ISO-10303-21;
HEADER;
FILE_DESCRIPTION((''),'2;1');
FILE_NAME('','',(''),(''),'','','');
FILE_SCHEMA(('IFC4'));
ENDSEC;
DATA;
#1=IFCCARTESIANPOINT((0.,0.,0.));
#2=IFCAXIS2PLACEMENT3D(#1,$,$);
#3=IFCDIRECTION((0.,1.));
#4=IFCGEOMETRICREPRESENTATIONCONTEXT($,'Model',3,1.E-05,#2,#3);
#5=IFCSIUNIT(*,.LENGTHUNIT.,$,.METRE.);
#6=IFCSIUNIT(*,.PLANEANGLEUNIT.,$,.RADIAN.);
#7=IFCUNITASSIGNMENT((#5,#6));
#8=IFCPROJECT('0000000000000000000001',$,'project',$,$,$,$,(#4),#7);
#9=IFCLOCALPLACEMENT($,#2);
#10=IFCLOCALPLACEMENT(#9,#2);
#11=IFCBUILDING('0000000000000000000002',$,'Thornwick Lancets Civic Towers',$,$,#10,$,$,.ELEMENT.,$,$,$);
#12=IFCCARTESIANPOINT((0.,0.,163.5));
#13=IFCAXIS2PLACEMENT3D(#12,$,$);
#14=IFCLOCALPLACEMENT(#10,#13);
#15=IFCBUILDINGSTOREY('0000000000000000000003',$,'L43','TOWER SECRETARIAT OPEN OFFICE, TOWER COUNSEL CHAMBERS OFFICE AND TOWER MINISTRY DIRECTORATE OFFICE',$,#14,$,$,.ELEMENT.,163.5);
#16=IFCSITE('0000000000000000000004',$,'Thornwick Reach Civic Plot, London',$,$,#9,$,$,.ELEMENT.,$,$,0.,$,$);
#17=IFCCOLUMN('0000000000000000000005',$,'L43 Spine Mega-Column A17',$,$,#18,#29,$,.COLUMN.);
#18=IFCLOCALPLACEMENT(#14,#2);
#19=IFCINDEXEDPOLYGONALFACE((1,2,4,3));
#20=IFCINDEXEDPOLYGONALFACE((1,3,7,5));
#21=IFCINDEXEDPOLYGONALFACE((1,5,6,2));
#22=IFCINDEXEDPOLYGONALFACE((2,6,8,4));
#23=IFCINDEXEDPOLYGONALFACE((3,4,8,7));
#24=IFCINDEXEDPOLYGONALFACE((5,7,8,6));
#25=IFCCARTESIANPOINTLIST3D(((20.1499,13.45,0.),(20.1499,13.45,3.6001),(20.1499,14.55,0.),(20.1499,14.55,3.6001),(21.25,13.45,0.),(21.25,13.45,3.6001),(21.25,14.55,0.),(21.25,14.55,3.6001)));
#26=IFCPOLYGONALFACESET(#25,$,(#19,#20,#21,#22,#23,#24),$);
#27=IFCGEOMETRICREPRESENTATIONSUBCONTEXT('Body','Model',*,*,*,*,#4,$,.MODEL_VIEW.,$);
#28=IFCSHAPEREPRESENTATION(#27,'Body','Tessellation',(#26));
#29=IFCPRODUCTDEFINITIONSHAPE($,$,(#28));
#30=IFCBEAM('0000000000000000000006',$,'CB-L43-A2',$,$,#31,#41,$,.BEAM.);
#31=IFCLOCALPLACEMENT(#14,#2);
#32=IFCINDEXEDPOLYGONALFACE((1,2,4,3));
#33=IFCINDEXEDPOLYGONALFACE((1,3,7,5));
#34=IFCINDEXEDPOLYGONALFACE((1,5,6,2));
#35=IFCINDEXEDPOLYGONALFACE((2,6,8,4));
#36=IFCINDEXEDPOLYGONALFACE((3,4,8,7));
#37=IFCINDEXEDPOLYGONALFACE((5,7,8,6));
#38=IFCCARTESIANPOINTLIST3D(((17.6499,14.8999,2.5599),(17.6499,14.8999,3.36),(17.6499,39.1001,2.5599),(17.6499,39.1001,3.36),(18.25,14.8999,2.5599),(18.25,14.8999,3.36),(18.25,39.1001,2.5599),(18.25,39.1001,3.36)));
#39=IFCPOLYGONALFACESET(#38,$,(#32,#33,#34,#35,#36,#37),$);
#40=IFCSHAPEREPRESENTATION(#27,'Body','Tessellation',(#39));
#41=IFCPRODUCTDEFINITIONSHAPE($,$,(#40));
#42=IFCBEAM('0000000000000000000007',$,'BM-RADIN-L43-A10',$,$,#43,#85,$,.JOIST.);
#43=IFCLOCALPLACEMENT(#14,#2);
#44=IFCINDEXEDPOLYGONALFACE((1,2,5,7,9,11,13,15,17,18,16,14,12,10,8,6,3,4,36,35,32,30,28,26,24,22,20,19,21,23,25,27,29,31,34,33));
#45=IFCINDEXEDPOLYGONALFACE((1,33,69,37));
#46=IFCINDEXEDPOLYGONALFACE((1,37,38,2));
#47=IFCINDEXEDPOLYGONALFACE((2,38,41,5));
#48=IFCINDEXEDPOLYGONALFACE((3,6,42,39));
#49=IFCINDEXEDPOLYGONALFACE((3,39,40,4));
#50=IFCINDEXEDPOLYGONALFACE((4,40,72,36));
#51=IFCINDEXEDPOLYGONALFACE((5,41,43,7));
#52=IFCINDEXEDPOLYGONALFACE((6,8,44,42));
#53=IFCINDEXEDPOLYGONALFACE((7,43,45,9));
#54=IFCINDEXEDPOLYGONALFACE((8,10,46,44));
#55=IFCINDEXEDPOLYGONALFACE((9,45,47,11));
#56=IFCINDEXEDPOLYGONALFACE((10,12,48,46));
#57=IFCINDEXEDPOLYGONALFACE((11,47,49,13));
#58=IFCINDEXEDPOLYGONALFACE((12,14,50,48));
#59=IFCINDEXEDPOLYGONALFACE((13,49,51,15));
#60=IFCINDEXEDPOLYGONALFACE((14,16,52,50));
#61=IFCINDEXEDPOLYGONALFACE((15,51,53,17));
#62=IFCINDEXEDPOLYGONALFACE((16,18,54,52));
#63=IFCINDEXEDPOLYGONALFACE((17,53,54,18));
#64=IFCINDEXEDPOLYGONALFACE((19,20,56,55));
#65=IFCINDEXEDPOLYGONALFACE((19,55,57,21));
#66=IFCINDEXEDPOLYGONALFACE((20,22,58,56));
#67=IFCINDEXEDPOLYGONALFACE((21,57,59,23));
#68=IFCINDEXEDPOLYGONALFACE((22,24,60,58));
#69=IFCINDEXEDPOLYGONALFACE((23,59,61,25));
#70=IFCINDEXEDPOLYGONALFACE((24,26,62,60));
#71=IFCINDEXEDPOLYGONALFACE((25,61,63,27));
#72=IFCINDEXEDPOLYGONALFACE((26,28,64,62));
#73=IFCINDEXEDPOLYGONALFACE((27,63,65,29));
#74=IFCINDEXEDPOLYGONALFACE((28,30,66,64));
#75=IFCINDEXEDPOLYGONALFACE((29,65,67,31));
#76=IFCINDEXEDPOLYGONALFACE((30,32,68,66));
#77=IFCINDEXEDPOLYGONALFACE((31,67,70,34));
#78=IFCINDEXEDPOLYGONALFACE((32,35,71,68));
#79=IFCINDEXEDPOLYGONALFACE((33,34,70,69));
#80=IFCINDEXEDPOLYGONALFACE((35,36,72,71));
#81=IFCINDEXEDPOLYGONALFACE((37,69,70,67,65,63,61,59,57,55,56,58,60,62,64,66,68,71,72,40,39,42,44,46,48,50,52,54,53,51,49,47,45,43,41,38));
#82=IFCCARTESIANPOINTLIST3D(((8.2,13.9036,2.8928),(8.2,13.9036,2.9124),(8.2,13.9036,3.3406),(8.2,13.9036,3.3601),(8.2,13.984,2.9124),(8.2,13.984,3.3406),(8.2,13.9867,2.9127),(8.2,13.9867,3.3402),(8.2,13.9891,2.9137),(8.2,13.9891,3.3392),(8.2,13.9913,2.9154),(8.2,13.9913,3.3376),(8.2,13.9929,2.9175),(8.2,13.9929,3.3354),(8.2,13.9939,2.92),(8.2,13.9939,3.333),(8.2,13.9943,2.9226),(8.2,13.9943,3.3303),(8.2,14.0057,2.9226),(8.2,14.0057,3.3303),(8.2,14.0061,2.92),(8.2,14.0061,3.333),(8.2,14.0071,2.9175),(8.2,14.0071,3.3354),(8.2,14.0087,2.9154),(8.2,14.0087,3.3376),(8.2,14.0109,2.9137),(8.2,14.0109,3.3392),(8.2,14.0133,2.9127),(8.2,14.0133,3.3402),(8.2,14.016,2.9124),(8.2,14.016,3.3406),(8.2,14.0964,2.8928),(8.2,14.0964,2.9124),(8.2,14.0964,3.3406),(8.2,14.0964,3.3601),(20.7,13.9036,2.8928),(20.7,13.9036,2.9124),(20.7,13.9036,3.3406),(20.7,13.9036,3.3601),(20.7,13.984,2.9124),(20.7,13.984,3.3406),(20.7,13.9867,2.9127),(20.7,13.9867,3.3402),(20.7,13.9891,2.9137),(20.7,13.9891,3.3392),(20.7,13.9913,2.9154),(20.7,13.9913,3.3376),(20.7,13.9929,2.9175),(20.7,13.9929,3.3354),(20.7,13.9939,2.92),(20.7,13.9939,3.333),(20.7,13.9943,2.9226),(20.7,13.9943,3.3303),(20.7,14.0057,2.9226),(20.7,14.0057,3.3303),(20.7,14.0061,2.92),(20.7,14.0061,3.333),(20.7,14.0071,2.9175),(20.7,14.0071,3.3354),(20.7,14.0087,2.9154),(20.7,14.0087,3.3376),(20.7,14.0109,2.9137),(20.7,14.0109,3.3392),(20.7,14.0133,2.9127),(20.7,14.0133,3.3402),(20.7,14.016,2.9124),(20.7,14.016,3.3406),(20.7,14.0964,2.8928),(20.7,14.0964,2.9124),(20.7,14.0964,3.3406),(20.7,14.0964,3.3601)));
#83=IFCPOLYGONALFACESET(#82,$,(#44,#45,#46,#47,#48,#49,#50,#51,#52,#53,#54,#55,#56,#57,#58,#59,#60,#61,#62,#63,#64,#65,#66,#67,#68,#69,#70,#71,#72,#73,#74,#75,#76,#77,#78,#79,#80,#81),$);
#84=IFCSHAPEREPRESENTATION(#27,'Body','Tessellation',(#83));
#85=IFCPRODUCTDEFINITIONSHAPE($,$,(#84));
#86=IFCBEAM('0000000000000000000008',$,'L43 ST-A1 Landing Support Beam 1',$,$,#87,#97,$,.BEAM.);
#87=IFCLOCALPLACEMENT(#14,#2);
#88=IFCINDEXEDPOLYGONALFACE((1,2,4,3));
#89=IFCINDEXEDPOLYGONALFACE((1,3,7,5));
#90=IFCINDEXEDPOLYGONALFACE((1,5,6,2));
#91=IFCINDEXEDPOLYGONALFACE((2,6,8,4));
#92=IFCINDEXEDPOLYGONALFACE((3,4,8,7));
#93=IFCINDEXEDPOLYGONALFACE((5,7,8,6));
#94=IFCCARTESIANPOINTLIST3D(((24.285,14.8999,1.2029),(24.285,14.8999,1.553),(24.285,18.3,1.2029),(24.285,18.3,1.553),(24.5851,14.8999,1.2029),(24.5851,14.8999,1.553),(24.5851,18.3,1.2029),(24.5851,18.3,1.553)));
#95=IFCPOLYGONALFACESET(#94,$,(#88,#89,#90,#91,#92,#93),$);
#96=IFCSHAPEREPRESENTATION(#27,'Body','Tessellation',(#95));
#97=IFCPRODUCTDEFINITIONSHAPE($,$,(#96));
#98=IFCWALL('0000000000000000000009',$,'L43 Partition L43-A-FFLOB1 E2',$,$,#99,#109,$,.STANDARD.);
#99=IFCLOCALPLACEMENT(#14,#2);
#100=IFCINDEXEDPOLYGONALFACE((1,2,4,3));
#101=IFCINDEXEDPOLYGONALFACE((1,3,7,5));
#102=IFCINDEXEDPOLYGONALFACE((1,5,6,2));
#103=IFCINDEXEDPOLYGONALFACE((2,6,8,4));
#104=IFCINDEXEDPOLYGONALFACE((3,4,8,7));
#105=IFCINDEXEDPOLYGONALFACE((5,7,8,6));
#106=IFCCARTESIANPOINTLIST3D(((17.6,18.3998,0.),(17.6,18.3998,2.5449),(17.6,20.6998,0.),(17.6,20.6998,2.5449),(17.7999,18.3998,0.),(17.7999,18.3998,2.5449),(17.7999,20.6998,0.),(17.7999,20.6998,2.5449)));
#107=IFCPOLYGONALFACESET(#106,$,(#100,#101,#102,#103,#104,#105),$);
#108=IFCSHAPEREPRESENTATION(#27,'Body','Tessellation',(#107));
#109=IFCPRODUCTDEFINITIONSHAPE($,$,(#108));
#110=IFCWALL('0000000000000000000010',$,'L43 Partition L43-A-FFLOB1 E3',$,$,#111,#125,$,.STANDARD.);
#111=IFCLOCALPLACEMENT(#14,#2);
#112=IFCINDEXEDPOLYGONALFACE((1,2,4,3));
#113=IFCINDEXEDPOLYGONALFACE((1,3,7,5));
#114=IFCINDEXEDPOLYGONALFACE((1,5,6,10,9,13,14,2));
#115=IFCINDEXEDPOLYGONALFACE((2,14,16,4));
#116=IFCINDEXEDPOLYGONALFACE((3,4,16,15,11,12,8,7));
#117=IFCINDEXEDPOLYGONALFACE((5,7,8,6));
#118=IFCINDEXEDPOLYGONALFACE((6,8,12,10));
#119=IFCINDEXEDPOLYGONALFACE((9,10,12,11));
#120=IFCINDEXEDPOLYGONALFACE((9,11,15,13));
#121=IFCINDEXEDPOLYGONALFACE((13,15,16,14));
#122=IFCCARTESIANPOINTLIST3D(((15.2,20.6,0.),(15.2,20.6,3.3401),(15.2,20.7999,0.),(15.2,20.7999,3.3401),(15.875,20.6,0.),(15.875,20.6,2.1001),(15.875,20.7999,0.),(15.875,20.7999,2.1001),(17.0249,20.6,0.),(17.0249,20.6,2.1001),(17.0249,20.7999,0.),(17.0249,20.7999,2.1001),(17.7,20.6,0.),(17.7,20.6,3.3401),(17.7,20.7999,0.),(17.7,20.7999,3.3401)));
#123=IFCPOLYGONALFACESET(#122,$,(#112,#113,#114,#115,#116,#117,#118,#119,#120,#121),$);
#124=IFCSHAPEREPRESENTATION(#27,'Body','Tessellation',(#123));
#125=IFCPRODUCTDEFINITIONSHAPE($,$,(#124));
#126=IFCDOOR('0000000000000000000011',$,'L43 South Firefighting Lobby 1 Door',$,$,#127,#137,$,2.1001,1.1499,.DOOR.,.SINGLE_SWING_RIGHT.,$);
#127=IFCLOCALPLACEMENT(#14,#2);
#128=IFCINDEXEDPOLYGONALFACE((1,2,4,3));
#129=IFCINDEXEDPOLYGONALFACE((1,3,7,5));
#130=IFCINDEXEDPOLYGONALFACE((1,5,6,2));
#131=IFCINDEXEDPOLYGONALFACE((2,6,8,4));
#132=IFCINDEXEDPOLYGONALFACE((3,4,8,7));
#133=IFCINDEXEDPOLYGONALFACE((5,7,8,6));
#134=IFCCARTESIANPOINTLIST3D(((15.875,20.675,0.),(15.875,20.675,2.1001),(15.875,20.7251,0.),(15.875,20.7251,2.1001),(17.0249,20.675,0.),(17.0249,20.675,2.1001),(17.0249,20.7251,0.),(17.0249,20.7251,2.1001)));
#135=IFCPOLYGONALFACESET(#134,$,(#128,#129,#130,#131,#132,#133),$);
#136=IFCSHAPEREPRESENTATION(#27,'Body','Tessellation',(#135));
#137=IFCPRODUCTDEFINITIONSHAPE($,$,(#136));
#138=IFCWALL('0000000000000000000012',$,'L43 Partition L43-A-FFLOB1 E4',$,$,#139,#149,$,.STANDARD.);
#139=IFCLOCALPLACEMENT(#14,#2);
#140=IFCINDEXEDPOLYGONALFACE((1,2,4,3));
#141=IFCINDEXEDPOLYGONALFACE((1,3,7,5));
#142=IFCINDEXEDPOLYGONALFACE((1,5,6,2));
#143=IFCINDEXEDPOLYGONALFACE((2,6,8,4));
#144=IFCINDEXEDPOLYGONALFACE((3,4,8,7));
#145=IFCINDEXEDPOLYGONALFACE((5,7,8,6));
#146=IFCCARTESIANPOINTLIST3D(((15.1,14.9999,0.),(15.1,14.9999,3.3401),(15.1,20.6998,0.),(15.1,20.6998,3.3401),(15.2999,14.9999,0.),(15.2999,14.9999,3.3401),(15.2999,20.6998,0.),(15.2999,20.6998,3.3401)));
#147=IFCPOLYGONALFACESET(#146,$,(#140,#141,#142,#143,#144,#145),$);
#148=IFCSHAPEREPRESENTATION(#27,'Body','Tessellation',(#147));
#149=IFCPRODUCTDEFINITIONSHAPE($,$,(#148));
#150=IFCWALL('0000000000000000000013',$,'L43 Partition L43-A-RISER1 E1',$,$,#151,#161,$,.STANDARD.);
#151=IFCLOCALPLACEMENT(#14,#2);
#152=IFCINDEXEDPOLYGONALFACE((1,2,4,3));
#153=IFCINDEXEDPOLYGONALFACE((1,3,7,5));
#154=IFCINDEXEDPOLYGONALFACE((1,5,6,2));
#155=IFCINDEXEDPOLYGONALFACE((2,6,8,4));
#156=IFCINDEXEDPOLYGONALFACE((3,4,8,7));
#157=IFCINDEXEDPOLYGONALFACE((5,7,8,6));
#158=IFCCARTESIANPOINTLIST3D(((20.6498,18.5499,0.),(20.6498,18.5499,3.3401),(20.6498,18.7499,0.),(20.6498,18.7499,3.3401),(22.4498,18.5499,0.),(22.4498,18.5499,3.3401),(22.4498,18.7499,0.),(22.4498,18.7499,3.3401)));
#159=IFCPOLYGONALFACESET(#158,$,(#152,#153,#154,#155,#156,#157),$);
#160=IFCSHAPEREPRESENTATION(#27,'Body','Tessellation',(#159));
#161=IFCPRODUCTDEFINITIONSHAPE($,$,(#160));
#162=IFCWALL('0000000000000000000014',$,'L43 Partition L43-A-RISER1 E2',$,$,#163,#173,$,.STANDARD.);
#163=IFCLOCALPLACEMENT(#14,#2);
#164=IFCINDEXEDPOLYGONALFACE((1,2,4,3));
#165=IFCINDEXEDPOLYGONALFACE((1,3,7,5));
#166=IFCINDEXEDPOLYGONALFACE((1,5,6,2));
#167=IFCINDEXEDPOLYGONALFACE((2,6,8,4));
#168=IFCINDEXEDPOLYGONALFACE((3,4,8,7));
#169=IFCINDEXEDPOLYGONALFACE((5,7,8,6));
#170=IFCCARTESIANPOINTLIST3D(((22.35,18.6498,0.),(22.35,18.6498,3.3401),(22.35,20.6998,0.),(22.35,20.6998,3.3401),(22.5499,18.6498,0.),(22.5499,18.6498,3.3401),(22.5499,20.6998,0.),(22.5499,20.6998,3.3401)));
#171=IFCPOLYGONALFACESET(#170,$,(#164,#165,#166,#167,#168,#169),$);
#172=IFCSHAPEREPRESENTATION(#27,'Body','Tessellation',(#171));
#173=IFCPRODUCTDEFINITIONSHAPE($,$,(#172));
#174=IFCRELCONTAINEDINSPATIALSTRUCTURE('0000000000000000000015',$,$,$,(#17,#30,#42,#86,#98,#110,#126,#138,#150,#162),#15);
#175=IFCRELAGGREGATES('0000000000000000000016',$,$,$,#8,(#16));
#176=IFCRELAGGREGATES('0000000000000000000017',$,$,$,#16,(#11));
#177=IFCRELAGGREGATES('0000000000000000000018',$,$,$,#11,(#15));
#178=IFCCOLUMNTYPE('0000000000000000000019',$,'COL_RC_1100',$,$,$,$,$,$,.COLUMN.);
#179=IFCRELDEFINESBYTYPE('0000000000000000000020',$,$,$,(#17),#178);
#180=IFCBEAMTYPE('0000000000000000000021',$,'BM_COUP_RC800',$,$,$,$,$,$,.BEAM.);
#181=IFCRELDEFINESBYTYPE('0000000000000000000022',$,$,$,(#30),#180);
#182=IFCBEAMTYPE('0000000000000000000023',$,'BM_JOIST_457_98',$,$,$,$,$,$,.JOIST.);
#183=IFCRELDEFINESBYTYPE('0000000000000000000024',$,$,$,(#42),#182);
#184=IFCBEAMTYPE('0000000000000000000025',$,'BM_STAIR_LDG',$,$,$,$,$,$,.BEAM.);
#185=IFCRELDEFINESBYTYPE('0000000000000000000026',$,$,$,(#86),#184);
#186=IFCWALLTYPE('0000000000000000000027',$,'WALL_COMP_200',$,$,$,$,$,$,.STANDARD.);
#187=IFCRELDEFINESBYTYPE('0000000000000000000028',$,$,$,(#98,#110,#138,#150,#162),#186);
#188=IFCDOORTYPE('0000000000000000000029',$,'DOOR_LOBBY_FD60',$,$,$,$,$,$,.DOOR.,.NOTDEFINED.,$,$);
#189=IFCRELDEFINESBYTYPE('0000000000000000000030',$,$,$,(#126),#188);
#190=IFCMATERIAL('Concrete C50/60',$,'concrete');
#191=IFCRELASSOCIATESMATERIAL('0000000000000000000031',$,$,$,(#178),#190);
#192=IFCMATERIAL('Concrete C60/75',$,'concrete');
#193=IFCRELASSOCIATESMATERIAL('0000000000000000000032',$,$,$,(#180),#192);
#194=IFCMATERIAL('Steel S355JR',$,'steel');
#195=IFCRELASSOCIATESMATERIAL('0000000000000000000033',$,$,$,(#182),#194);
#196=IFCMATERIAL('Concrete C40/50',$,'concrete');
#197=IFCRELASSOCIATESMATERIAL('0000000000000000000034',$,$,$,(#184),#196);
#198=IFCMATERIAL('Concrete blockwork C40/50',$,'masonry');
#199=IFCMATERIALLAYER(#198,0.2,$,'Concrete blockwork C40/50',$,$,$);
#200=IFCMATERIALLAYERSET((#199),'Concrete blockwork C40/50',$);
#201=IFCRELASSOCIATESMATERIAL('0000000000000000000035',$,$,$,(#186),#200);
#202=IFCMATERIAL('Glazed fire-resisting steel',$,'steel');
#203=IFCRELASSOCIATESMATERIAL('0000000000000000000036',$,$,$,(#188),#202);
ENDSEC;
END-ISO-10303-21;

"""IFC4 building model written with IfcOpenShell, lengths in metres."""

from ifc_helpers import new_model, si_unit, direction, frame, frame_2d, origin, origin_2d, place, context, subcontext, project, spatial, rectangle, i_section, extrude, material, layer, layer_set, material_profile, profile_set, type_object, element, fill, save


model = new_model("IFC4")

# Units and contexts
model_context = context("Model", 3, precision=1e-05, world=origin(), true_north=direction((0.0, 1.0)))
body_context = subcontext(model_context, "Body", "Model", "MODEL_VIEW")
ifc_project = project(units=[si_unit("LENGTHUNIT", "METRE"), si_unit("PLANEANGLEUNIT", "RADIAN")], contexts=[model_context])

# Site, building, storey
site_placement = place(None, origin())
site = spatial("IfcSite", under=ifc_project, at=site_placement, Name="Thornwick Reach Civic Plot, London", CompositionType="ELEMENT", RefElevation=0.0)
building_placement = place(site_placement, origin())
building = spatial("IfcBuilding", under=site, at=building_placement, Name="Thornwick Lancets Civic Towers", CompositionType="ELEMENT")
storey_placement = place(building_placement, frame((0.0, 0.0, 163.5)))
storey = spatial("IfcBuildingStorey", under=building, at=storey_placement, Name="L43", Description="TOWER SECRETARIAT OPEN OFFICE, TOWER COUNSEL CHAMBERS OFFICE AND TOWER MINISTRY DIRECTORATE OFFICE", CompositionType="ELEMENT", Elevation=163.5)

# Column
ifc_material_1 = material(Name="Concrete C50/60", Category="concrete")
ifc_material_profile_1 = material_profile(ifc_material_1, rectangle(XDim=1.1001, YDim=1.1001, at=origin_2d()), Name="RC 1100x1100")
ifc_profile_set_1 = profile_set([ifc_material_profile_1], Name="Concrete C50/60")
column_type = type_object("IfcColumnType", Name="COL_RC_1100", PredefinedType="COLUMN", material=ifc_profile_set_1)
column_placement = place(storey_placement, frame((20.7, 14.0, 0.0), z_axis=(0.0, 0.0, 1.0), x_axis=(1.0, 0.0, 0.0)))
element("IfcColumn", 1, at=column_placement, inside=storey, type_object=column_type, Name="L43 Spine Mega-Column A17", PredefinedType="COLUMN", context=body_context, shape_type="SweptSolid", body=[
    extrude(rectangle(XDim=1.1001, YDim=1.1001, at=origin_2d()), origin(), (0.0, 0.0, 1.0), 3.6001),
])

# Beams
ifc_material_2 = material(Name="Concrete C60/75", Category="concrete")
ifc_material_profile_2 = material_profile(ifc_material_2, rectangle(XDim=0.6001, YDim=0.8, at=origin_2d()), Name="RC 600x800")
ifc_profile_set_2 = profile_set([ifc_material_profile_2], Name="Concrete C60/75")
beam_type_1 = type_object("IfcBeamType", Name="BM_COUP_RC800", PredefinedType="BEAM", material=ifc_profile_set_2)
beam_1_placement = place(storey_placement, frame((17.95, 14.8999, 2.96), z_axis=(0.0, 1.0, 0.0), x_axis=(-1.0, 0.0, 0.0)))
element("IfcBeam", 2, at=beam_1_placement, inside=storey, type_object=beam_type_1, Name="CB-L43-A2", PredefinedType="BEAM", context=body_context, shape_type="SweptSolid", body=[
    extrude(rectangle(XDim=0.6001, YDim=0.8, at=origin_2d()), origin(), (0.0, 0.0, 1.0), 24.2002),
])
ifc_material_3 = material(Name="Steel S355JR", Category="steel")
ifc_material_profile_3 = material_profile(ifc_material_3, i_section(OverallWidth=0.1929, OverallDepth=0.4673, WebThickness=0.0115, FlangeThickness=0.0195, FilletRadius=0.0103, at=origin_2d()), Name="UKB 457x191x98")
ifc_profile_set_3 = profile_set([ifc_material_profile_3], Name="Steel S355JR")
beam_type_2 = type_object("IfcBeamType", Name="BM_JOIST_457_98", PredefinedType="JOIST", material=ifc_profile_set_3)
beam_2_placement = place(storey_placement, frame((20.7, 14.0, 3.1265), z_axis=(-1.0, 0.0, 0.0), x_axis=(0.0, -1.0, 0.0)))
element("IfcBeam", 3, at=beam_2_placement, inside=storey, type_object=beam_type_2, Name="BM-RADIN-L43-A10", PredefinedType="JOIST", context=body_context, shape_type="SweptSolid", body=[
    extrude(i_section(OverallWidth=0.1929, OverallDepth=0.4673, WebThickness=0.0115, FlangeThickness=0.0195, FilletRadius=0.0103, at=origin_2d()), origin(), (0.0, 0.0, 1.0), 12.5),
])
ifc_material_4 = material(Name="Concrete C40/50", Category="concrete")
ifc_material_profile_4 = material_profile(ifc_material_4, rectangle(XDim=0.3, YDim=0.3501, at=origin_2d()), Name="RC 300x350")
ifc_profile_set_4 = profile_set([ifc_material_profile_4], Name="Concrete C40/50")
beam_type_3 = type_object("IfcBeamType", Name="BM_STAIR_LDG", PredefinedType="BEAM", material=ifc_profile_set_4)
beam_3_placement = place(storey_placement, frame((24.4351, 14.8999, 1.3779), z_axis=(0.0, 1.0, 0.0), x_axis=(-1.0, 0.0, 0.0)))
element("IfcBeam", 4, at=beam_3_placement, inside=storey, type_object=beam_type_3, Name="L43 ST-A1 Landing Support Beam 1", PredefinedType="BEAM", context=body_context, shape_type="SweptSolid", body=[
    extrude(rectangle(XDim=0.3, YDim=0.3501, at=origin_2d()), origin(), (0.0, 0.0, 1.0), 3.4001),
])

# Wall
ifc_material_5 = material(Name="Concrete blockwork C40/50", Category="masonry")
ifc_layer_1 = layer(ifc_material_5, 0.2, Name="Concrete blockwork C40/50")
ifc_layer_set_1 = layer_set([ifc_layer_1], Name="Concrete blockwork C40/50")
wall_type_1 = type_object("IfcWallType", Name="WALL_COMP_200", PredefinedType="STANDARD", material=ifc_layer_set_1)
wall_1_placement = place(storey_placement, frame((17.7, 18.3999, 0.0), z_axis=(0.0, 0.0, 1.0), x_axis=(0.0, 1.0, 0.0)))
element("IfcWall", 5, at=wall_1_placement, inside=storey, type_object=wall_type_1, Name="L43 Partition L43-A-FFLOB1 E2", PredefinedType="STANDARD", context=body_context, shape_type="SweptSolid", body=[
    extrude(rectangle(XDim=2.3, YDim=0.2, at=frame_2d((1.1499, 0.0))), origin(), (0.0, 0.0, 1.0), 2.5449),
])

# Wall, opening, door
wall_2_placement = place(storey_placement, frame((17.7, 20.7, 0.0), z_axis=(0.0, 0.0, 1.0), x_axis=(-1.0, 0.0, 0.0)))
wall_2 = element("IfcWall", 6, at=wall_2_placement, inside=storey, type_object=wall_type_1, Name="L43 Partition L43-A-FFLOB1 E3", PredefinedType="STANDARD", context=body_context, shape_type="SweptSolid", body=[
    extrude(rectangle(XDim=2.5, YDim=0.2, at=frame_2d((1.25, 0.0))), origin(), (0.0, 0.0, 1.0), 3.3401),
])
opening_1_placement = place(wall_2_placement, frame((0.675, 0.0, 0.0)))
opening_1 = element("IfcOpeningElement", 7, at=opening_1_placement, cuts=wall_2, PredefinedType="OPENING", context=body_context, shape_type="SweptSolid", body=[
    extrude(rectangle(XDim=1.1499, YDim=2.1001, at=frame_2d((0.575, 1.05))), frame((0.0, 0.1099, 0.0), z_axis=(0.0, -1.0, 0.0), x_axis=(1.0, 0.0, 0.0)), (0.0, 0.0, 1.0), 0.22),
])
ifc_material_6 = material(Name="Glazed fire-resisting steel", Category="steel")
door_type_1 = type_object("IfcDoorType", Name="DOOR_LOBBY_FD60", OperationType="NOTDEFINED", PredefinedType="DOOR", material=ifc_material_6)
door_1_placement = place(opening_1_placement, origin())
door_1 = element("IfcDoor", 8, at=door_1_placement, inside=storey, type_object=door_type_1, Name="L43 South Firefighting Lobby 1 Door", OperationType="SINGLE_SWING_RIGHT", OverallHeight=2.1001, OverallWidth=1.1499, PredefinedType="DOOR", context=body_context, shape_type="SweptSolid", body=[
    extrude(rectangle(XDim=1.1499, YDim=2.1001, at=frame_2d((0.575, 1.05))), frame((0.0, 0.0249, 0.0), z_axis=(0.0, -1.0, 0.0), x_axis=(1.0, 0.0, 0.0)), (0.0, 0.0, 1.0), 0.05),
])
fill(opening_1, door_1)

# Walls
wall_3_placement = place(storey_placement, frame((15.2, 20.7, 0.0), z_axis=(0.0, 0.0, 1.0), x_axis=(0.0, -1.0, 0.0)))
element("IfcWall", 9, at=wall_3_placement, inside=storey, type_object=wall_type_1, Name="L43 Partition L43-A-FFLOB1 E4", PredefinedType="STANDARD", context=body_context, shape_type="SweptSolid", body=[
    extrude(rectangle(XDim=5.7, YDim=0.2, at=frame_2d((2.8501, 0.0))), origin(), (0.0, 0.0, 1.0), 3.3401),
])
wall_4_placement = place(storey_placement, frame((20.6499, 18.6499, 0.0), z_axis=(0.0, 0.0, 1.0), x_axis=(1.0, 0.0, 0.0)))
element("IfcWall", 10, at=wall_4_placement, inside=storey, type_object=wall_type_1, Name="L43 Partition L43-A-RISER1 E1", PredefinedType="STANDARD", context=body_context, shape_type="SweptSolid", body=[
    extrude(rectangle(XDim=1.8, YDim=0.2, at=frame_2d((0.8999, 0.0))), origin(), (0.0, 0.0, 1.0), 3.3401),
])
wall_5_placement = place(storey_placement, frame((22.45, 18.6499, 0.0), z_axis=(0.0, 0.0, 1.0), x_axis=(0.0, 1.0, 0.0)))
element("IfcWall", 11, at=wall_5_placement, inside=storey, type_object=wall_type_1, Name="L43 Partition L43-A-RISER1 E2", PredefinedType="STANDARD", context=body_context, shape_type="SweptSolid", body=[
    extrude(rectangle(XDim=2.05, YDim=0.2, at=frame_2d((1.0249, 0.0))), origin(), (0.0, 0.0, 1.0), 3.3401),
])

save(model, "model.ifc")
